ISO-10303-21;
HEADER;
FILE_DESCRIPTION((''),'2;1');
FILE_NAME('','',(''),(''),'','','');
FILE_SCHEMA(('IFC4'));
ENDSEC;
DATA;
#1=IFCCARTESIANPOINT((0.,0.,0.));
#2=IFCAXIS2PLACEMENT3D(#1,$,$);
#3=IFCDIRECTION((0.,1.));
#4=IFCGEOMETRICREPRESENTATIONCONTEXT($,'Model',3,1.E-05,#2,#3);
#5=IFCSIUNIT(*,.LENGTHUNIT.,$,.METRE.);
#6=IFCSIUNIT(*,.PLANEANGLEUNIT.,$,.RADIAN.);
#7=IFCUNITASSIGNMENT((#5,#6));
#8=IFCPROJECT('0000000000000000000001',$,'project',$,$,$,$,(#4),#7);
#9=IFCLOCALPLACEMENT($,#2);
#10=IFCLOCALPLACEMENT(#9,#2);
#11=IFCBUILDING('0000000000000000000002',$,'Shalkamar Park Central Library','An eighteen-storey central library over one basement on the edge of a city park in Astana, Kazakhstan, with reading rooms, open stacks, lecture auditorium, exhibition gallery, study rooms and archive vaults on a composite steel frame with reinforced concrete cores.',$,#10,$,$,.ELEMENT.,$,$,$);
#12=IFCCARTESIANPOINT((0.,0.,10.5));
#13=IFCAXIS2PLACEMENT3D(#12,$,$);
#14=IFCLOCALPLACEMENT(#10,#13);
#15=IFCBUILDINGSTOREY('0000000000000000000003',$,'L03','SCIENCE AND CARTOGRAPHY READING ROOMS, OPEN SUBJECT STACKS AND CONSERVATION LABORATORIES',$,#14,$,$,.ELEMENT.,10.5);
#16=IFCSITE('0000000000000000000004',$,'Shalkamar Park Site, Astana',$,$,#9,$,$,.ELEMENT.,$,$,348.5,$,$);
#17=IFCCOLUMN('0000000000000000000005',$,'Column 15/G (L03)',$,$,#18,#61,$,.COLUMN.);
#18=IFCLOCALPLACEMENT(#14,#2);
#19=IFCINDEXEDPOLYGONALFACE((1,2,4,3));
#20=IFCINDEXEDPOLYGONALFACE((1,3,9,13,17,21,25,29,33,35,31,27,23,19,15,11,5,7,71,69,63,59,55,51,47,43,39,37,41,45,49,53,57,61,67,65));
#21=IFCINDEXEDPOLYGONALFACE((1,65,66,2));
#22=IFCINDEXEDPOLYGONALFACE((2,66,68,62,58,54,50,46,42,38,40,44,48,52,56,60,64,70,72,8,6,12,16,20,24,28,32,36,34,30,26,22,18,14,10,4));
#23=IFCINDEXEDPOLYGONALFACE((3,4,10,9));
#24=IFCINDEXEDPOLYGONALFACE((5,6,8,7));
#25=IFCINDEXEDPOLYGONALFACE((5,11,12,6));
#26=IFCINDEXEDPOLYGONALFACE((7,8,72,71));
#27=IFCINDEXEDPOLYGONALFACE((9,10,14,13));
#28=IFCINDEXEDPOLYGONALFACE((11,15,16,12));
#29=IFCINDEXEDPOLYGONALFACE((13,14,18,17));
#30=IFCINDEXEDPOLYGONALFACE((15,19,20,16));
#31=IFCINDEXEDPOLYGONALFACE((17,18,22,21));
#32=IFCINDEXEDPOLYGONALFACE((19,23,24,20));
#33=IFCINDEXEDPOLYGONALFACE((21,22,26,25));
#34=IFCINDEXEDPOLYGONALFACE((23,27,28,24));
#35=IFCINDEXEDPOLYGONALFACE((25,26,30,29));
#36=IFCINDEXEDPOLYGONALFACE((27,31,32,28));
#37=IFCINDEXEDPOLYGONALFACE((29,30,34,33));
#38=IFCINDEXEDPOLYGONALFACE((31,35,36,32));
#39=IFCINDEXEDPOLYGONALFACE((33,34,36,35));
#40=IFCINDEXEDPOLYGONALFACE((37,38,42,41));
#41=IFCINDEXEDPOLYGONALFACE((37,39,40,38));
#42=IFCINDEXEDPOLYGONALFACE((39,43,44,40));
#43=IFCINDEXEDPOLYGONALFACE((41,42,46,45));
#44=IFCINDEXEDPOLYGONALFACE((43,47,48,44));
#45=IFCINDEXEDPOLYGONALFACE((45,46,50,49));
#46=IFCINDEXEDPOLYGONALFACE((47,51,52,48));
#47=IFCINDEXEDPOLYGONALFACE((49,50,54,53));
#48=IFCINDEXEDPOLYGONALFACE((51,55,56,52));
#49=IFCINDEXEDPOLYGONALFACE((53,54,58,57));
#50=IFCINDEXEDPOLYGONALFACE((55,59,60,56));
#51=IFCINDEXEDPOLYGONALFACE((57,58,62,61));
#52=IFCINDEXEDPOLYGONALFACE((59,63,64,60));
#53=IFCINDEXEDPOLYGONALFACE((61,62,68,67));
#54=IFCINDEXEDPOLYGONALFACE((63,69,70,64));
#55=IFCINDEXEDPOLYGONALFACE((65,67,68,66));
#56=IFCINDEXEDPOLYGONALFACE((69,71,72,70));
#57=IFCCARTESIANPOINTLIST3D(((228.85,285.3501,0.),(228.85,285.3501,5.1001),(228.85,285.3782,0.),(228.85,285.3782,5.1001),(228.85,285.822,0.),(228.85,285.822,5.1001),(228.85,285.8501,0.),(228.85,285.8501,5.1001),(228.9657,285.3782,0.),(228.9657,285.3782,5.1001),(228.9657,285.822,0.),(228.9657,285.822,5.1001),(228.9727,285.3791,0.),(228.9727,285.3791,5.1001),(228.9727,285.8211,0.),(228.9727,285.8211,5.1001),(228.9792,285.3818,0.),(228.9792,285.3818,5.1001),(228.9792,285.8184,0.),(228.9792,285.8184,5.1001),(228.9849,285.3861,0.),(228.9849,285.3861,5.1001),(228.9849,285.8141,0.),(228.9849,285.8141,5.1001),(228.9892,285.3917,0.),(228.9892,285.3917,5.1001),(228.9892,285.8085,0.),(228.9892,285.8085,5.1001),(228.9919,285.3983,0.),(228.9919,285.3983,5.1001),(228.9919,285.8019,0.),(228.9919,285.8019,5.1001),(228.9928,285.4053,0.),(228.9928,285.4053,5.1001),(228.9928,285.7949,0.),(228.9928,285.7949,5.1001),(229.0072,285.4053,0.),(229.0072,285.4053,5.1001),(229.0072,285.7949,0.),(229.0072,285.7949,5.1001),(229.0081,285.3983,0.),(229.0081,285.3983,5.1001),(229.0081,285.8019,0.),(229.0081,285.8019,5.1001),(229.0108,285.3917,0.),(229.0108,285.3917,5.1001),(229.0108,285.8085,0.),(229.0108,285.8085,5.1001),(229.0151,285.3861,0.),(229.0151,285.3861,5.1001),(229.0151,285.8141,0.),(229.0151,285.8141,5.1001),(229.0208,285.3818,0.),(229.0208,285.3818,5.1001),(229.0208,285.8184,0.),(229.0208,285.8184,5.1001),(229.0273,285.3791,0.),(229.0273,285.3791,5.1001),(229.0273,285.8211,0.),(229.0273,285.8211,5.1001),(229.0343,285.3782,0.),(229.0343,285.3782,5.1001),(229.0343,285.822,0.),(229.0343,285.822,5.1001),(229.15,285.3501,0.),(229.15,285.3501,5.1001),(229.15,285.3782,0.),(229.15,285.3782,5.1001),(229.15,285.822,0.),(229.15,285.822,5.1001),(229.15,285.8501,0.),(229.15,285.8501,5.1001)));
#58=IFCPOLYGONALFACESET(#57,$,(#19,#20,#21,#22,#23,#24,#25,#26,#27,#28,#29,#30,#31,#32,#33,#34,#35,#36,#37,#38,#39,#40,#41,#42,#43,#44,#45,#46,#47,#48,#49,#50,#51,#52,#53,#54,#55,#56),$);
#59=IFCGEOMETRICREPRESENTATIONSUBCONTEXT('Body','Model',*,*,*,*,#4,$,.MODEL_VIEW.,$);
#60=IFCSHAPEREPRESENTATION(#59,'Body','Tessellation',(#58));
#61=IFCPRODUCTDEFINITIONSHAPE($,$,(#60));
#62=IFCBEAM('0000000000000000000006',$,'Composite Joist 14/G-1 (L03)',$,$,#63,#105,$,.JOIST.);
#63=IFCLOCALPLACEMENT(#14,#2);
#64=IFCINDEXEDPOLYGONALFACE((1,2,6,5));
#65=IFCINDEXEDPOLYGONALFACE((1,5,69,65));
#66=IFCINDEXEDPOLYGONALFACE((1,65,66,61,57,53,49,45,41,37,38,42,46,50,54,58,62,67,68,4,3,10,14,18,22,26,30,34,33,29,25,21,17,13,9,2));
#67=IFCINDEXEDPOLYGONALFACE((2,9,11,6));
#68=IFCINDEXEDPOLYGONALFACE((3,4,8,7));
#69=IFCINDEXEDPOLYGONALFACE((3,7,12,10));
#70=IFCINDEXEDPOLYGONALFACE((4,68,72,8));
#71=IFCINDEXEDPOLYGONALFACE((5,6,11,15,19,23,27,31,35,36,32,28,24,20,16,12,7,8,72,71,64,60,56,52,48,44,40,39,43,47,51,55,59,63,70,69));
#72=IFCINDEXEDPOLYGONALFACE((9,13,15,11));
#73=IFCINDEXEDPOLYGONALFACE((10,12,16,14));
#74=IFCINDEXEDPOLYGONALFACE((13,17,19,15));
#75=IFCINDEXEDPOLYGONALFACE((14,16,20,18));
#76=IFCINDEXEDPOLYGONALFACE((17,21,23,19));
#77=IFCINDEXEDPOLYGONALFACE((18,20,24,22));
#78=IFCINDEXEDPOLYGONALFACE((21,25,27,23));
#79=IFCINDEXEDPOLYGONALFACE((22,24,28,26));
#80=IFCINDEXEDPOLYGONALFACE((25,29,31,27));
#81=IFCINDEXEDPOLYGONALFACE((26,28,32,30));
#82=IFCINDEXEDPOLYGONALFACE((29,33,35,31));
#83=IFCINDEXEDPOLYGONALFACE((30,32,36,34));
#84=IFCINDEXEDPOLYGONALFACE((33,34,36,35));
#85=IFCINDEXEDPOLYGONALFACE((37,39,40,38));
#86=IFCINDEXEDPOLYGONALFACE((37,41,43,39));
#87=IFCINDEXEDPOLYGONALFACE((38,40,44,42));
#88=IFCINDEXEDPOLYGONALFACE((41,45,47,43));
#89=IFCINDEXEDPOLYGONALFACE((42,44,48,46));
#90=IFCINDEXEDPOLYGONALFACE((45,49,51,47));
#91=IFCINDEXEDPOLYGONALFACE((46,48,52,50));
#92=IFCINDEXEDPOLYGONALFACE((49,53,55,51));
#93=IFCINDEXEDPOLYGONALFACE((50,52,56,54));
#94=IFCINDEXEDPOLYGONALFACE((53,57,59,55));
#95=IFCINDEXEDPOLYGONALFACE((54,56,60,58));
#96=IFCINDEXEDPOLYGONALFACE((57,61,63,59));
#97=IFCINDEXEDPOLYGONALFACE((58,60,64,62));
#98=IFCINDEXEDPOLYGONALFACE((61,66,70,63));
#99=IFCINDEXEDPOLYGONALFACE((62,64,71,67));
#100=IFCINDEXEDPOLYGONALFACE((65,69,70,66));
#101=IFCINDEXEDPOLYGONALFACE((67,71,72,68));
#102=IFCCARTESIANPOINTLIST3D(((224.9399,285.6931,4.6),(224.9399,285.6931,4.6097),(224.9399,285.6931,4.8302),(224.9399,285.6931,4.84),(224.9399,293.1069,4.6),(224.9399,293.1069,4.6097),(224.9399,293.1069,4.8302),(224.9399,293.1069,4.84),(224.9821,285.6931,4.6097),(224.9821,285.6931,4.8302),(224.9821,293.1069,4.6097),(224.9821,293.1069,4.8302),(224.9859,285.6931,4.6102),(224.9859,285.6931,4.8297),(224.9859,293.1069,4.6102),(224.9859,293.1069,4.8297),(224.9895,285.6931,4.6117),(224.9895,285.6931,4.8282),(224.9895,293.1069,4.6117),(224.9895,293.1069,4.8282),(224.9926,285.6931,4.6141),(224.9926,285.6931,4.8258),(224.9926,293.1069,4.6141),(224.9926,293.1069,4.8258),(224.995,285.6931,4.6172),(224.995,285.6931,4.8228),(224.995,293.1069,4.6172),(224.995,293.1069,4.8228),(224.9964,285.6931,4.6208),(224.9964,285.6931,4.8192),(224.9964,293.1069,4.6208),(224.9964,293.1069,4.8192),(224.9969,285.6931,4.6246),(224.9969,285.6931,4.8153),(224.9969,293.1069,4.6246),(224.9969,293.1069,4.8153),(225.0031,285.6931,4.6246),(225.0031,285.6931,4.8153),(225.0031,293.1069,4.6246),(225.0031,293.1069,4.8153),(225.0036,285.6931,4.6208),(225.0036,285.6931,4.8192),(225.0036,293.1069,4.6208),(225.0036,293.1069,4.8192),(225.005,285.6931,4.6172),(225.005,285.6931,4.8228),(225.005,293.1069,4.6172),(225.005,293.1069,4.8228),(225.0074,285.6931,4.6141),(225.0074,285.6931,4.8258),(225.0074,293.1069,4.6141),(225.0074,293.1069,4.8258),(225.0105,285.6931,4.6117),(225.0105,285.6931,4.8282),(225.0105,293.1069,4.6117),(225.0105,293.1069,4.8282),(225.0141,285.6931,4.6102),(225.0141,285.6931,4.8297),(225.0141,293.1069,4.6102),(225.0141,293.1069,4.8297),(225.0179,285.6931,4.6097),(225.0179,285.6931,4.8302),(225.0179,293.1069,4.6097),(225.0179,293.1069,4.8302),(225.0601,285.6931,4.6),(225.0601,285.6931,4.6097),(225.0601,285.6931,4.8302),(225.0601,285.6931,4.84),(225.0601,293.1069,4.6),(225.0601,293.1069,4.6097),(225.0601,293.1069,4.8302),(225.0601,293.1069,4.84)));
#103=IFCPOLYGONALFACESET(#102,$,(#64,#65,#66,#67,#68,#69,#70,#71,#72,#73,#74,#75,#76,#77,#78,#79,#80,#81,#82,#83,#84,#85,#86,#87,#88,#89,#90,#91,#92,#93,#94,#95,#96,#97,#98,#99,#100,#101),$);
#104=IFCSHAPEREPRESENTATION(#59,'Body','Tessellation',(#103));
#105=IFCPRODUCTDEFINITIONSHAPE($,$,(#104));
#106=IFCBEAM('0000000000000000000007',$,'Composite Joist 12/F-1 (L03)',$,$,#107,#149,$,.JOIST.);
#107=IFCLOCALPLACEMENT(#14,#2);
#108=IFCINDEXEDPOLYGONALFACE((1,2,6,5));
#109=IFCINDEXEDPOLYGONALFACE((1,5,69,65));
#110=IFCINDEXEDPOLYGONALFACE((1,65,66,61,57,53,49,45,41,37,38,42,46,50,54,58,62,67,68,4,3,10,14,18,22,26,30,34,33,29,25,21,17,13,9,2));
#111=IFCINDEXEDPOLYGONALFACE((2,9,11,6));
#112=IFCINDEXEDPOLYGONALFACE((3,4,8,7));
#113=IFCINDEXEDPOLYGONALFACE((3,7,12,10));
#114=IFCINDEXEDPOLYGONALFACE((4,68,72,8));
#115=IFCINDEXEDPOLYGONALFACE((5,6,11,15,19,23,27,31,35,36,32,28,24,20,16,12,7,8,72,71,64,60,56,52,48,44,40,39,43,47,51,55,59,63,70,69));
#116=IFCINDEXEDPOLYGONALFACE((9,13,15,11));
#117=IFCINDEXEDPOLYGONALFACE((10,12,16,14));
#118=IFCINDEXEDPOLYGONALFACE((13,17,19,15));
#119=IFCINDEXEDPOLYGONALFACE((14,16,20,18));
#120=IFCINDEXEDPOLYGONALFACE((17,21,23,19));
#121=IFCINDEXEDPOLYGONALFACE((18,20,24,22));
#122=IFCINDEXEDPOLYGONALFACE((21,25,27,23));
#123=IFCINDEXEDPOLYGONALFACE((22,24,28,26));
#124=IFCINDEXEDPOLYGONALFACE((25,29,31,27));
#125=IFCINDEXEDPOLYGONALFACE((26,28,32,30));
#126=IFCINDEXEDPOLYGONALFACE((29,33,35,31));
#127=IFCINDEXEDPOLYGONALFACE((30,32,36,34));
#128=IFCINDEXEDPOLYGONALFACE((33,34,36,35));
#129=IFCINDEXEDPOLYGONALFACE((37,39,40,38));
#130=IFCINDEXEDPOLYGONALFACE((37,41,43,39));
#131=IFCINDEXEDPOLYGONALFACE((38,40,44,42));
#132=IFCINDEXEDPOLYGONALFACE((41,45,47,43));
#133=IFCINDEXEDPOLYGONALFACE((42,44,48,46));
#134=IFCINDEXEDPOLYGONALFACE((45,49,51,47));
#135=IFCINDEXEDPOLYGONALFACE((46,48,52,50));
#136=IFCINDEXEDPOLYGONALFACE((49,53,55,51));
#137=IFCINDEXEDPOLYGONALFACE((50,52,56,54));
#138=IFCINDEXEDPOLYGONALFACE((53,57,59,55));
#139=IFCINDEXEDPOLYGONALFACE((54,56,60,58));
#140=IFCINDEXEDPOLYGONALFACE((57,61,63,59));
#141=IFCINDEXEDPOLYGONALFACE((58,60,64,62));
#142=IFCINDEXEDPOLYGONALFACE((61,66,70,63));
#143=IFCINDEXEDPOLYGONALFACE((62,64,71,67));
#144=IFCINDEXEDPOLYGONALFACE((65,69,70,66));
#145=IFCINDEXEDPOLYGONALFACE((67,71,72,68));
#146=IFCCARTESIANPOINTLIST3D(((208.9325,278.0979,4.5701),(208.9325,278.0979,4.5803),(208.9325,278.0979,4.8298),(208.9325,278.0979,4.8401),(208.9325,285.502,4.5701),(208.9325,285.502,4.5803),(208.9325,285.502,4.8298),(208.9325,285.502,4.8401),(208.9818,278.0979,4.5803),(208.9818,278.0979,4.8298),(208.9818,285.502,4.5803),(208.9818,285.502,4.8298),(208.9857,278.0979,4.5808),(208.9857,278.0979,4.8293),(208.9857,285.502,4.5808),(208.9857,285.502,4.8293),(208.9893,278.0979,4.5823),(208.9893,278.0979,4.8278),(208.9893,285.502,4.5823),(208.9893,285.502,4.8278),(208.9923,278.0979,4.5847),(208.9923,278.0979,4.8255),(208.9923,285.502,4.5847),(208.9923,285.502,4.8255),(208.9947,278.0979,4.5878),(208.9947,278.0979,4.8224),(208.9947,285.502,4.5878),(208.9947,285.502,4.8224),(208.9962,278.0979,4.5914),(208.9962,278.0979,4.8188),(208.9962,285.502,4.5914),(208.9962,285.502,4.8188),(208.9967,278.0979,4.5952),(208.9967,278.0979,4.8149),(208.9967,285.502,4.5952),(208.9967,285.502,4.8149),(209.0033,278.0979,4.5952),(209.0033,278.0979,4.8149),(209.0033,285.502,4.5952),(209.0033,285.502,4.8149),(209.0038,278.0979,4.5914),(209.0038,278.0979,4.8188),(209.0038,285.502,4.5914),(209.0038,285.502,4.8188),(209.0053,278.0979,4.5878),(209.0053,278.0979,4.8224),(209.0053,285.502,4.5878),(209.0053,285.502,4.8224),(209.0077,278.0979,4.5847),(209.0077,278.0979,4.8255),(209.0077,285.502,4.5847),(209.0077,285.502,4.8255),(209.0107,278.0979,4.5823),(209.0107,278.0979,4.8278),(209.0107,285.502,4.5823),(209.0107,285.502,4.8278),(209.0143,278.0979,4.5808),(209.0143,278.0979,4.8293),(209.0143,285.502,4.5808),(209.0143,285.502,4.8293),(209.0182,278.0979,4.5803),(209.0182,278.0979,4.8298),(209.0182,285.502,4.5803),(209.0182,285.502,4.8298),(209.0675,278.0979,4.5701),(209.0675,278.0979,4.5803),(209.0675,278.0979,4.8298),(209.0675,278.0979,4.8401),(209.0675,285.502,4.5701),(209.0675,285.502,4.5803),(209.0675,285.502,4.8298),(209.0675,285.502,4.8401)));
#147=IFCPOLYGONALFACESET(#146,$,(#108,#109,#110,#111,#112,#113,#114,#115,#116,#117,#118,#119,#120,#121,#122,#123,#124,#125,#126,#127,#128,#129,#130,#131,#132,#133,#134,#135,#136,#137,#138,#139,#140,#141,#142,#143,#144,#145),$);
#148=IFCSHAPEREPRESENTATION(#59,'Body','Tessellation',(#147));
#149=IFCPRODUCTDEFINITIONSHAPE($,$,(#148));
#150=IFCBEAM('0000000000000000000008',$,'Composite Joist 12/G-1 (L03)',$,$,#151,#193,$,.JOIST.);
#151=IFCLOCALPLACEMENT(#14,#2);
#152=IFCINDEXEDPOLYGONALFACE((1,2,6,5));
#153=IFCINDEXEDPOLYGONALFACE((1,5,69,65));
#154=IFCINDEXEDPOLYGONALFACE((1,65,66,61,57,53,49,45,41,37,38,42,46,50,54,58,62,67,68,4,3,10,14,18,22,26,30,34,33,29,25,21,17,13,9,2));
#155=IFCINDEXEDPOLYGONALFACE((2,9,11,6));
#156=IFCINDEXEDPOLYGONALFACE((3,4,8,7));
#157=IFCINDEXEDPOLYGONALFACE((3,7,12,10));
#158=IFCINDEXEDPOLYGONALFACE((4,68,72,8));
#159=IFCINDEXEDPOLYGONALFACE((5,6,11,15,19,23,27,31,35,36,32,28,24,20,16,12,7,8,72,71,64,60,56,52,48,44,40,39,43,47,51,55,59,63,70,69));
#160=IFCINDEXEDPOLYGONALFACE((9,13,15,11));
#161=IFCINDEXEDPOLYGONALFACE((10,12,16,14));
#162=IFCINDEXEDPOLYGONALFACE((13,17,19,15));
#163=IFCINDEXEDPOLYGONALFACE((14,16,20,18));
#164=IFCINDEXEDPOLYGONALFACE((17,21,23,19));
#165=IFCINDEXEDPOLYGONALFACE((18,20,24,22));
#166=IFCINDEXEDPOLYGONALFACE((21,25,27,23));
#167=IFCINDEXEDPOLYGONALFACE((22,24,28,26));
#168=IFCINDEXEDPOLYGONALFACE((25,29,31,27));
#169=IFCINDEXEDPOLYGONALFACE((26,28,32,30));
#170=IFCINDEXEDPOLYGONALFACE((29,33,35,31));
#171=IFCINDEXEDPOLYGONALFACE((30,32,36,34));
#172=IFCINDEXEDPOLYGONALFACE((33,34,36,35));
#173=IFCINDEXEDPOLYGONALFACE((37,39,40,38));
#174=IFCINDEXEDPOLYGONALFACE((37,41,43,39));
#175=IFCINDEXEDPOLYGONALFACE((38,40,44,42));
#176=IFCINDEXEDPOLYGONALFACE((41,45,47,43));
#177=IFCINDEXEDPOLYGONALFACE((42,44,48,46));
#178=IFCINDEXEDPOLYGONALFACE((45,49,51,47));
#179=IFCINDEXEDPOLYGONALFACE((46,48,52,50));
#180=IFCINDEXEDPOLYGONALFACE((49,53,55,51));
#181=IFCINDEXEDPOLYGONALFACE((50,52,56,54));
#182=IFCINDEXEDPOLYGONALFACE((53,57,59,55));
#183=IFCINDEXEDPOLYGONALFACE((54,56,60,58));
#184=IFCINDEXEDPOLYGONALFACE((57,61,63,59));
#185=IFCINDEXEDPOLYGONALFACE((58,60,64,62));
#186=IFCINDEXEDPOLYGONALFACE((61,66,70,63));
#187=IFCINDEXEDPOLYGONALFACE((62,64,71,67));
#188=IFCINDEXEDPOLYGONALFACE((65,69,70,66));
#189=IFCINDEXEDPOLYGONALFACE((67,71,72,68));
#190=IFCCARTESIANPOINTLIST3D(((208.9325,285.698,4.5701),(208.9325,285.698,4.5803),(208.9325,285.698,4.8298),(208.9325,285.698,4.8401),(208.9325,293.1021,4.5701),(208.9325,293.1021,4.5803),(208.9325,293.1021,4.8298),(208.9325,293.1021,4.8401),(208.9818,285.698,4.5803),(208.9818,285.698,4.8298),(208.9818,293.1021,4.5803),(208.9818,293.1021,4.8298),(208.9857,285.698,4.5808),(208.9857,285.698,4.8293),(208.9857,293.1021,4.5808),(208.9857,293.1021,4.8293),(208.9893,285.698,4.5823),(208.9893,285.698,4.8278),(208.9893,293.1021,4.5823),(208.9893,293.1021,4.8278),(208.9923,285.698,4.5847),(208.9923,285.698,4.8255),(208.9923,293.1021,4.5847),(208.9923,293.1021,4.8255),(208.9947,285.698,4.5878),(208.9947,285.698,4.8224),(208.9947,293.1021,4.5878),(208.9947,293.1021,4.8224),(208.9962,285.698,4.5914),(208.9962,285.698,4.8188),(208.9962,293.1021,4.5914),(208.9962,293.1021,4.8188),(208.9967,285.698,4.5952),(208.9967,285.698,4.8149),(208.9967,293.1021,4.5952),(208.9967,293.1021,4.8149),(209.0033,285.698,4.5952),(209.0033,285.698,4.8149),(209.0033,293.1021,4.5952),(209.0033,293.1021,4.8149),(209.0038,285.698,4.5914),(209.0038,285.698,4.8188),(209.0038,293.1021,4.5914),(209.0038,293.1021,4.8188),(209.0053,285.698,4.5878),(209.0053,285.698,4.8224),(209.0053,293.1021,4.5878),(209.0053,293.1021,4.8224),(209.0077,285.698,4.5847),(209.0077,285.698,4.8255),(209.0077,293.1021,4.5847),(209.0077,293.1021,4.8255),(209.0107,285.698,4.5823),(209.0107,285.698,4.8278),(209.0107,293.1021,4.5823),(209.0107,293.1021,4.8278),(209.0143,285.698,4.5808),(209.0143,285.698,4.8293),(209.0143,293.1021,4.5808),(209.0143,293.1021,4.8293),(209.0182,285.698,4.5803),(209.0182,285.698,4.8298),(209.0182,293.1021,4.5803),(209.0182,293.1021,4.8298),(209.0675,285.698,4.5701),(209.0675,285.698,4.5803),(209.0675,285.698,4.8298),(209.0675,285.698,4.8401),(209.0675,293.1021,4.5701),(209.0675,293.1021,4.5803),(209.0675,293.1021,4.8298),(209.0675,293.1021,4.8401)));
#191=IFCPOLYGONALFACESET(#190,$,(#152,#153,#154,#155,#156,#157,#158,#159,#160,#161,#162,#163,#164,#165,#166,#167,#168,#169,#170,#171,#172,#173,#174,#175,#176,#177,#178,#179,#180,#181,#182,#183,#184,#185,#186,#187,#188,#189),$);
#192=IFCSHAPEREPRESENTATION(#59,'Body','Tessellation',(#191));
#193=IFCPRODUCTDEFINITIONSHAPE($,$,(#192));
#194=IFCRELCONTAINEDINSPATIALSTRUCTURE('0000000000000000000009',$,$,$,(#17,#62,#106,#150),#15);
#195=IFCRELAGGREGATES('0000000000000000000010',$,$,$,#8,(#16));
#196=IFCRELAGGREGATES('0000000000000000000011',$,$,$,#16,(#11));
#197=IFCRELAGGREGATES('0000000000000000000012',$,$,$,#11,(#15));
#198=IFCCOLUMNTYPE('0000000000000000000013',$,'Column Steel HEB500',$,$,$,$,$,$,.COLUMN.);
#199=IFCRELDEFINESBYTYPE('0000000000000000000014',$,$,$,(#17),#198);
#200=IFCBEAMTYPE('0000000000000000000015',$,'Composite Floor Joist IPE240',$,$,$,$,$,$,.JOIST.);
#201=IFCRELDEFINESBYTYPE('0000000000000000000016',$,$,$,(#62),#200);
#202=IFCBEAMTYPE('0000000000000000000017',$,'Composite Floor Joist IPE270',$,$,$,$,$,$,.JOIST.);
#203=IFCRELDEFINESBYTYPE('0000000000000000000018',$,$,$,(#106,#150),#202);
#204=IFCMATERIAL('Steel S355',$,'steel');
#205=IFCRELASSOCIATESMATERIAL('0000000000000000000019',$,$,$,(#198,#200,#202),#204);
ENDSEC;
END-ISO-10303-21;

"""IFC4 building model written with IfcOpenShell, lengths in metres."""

from ifc_helpers import new_model, si_unit, direction, frame, origin, origin_2d, place, context, subcontext, project, spatial, i_section, extrude, material, material_profile, profile_set, type_object, element, save


model = new_model("IFC4")

# Units and contexts
model_context = context("Model", 3, precision=1e-05, world=origin(), true_north=direction((0.0, 1.0)))
body_context = subcontext(model_context, "Body", "Model", "MODEL_VIEW")
ifc_project = project(units=[si_unit("LENGTHUNIT", "METRE"), si_unit("PLANEANGLEUNIT", "RADIAN")], contexts=[model_context])

# Site, building, storey
site_placement = place(None, origin())
site = spatial("IfcSite", under=ifc_project, at=site_placement, Name="Shalkamar Park Site, Astana", CompositionType="ELEMENT", RefElevation=348.5)
building_placement = place(site_placement, origin())
building = spatial("IfcBuilding", under=site, at=building_placement, Name="Shalkamar Park Central Library", Description="An eighteen-storey central library over one basement on the edge of a city park in Astana, Kazakhstan, with reading rooms, open stacks, lecture auditorium, exhibition gallery, study rooms and archive vaults on a composite steel frame with reinforced concrete cores.", CompositionType="ELEMENT")
storey_placement = place(building_placement, frame((0.0, 0.0, 10.5)))
storey = spatial("IfcBuildingStorey", under=building, at=storey_placement, Name="L03", Description="SCIENCE AND CARTOGRAPHY READING ROOMS, OPEN SUBJECT STACKS AND CONSERVATION LABORATORIES", CompositionType="ELEMENT", Elevation=10.5)

# Column
ifc_material = material(Name="Steel S355", Category="steel")
ifc_material_profile_1 = material_profile(ifc_material, i_section(OverallWidth=0.3, OverallDepth=0.5, WebThickness=0.0144, FlangeThickness=0.0281, FilletRadius=0.0271, at=origin_2d()), Name="HEB 500")
ifc_profile_set_1 = profile_set([ifc_material_profile_1], Name="Steel S355")
column_type_1 = type_object("IfcColumnType", Name="Column Steel HEB500", PredefinedType="COLUMN", material=ifc_profile_set_1)
for number, where, z_axis, x_axis, name in (
    (1, (229.0, 285.6001, 0.0), (0.0, 0.0, 1.0), (1.0, 0.0, 0.0), "Column 15/G (L03)"),
):
    element("IfcColumn", number, at=place(storey_placement, frame(where, z_axis=z_axis, x_axis=x_axis)), inside=storey, type_object=column_type_1, Name=name, PredefinedType="COLUMN", context=body_context, shape_type="SweptSolid", body=[
        extrude(i_section(OverallWidth=0.3, OverallDepth=0.5, WebThickness=0.0144, FlangeThickness=0.0281, FilletRadius=0.0271, at=origin_2d()), origin(), (0.0, 0.0, 1.0), 5.1001),
    ])

# Beams
ifc_material_profile_2 = material_profile(ifc_material, i_section(OverallWidth=0.1201, OverallDepth=0.24, WebThickness=0.0061, FlangeThickness=0.0098, FilletRadius=0.0149, at=origin_2d()), Name="IPE 240")
ifc_profile_set_2 = profile_set([ifc_material_profile_2], Name="Steel S355")
beam_type_1 = type_object("IfcBeamType", Name="Composite Floor Joist IPE240", PredefinedType="JOIST", material=ifc_profile_set_2)
beam_1_placement = place(storey_placement, frame((225.0, 285.6931, 4.72), z_axis=(0.0, 1.0, 0.0), x_axis=(-1.0, 0.0, 0.0)))
element("IfcBeam", 2, at=beam_1_placement, inside=storey, type_object=beam_type_1, Name="Composite Joist 14/G-1 (L03)", PredefinedType="JOIST", context=body_context, shape_type="SweptSolid", body=[
    extrude(i_section(OverallWidth=0.1201, OverallDepth=0.24, WebThickness=0.0061, FlangeThickness=0.0098, FilletRadius=0.0149, at=origin_2d()), origin(), (0.0, 0.0, 1.0), 7.4138),
])
ifc_material_profile_3 = material_profile(ifc_material, i_section(OverallWidth=0.135, OverallDepth=0.27, WebThickness=0.0066, FlangeThickness=0.0103, FilletRadius=0.0149, at=origin_2d()), Name="IPE 270")
ifc_profile_set_3 = profile_set([ifc_material_profile_3], Name="Steel S355")
beam_type_2 = type_object("IfcBeamType", Name="Composite Floor Joist IPE270", PredefinedType="JOIST", material=ifc_profile_set_3)
for number, where, z_axis, x_axis, name in (
    (3, (209.0, 278.0979, 4.7051), (0.0, 1.0, 0.0), (-1.0, 0.0, 0.0), "Composite Joist 12/F-1 (L03)"),
    (4, (209.0, 285.698, 4.7051), (0.0, 1.0, 0.0), (-1.0, 0.0, 0.0), "Composite Joist 12/G-1 (L03)"),
):
    element("IfcBeam", number, at=place(storey_placement, frame(where, z_axis=z_axis, x_axis=x_axis)), inside=storey, type_object=beam_type_2, Name=name, PredefinedType="JOIST", context=body_context, shape_type="SweptSolid", body=[
        extrude(i_section(OverallWidth=0.135, OverallDepth=0.27, WebThickness=0.0066, FlangeThickness=0.0103, FilletRadius=0.0149, at=origin_2d()), origin(), (0.0, 0.0, 1.0), 7.4041),
    ])

save(model, "model.ifc")
